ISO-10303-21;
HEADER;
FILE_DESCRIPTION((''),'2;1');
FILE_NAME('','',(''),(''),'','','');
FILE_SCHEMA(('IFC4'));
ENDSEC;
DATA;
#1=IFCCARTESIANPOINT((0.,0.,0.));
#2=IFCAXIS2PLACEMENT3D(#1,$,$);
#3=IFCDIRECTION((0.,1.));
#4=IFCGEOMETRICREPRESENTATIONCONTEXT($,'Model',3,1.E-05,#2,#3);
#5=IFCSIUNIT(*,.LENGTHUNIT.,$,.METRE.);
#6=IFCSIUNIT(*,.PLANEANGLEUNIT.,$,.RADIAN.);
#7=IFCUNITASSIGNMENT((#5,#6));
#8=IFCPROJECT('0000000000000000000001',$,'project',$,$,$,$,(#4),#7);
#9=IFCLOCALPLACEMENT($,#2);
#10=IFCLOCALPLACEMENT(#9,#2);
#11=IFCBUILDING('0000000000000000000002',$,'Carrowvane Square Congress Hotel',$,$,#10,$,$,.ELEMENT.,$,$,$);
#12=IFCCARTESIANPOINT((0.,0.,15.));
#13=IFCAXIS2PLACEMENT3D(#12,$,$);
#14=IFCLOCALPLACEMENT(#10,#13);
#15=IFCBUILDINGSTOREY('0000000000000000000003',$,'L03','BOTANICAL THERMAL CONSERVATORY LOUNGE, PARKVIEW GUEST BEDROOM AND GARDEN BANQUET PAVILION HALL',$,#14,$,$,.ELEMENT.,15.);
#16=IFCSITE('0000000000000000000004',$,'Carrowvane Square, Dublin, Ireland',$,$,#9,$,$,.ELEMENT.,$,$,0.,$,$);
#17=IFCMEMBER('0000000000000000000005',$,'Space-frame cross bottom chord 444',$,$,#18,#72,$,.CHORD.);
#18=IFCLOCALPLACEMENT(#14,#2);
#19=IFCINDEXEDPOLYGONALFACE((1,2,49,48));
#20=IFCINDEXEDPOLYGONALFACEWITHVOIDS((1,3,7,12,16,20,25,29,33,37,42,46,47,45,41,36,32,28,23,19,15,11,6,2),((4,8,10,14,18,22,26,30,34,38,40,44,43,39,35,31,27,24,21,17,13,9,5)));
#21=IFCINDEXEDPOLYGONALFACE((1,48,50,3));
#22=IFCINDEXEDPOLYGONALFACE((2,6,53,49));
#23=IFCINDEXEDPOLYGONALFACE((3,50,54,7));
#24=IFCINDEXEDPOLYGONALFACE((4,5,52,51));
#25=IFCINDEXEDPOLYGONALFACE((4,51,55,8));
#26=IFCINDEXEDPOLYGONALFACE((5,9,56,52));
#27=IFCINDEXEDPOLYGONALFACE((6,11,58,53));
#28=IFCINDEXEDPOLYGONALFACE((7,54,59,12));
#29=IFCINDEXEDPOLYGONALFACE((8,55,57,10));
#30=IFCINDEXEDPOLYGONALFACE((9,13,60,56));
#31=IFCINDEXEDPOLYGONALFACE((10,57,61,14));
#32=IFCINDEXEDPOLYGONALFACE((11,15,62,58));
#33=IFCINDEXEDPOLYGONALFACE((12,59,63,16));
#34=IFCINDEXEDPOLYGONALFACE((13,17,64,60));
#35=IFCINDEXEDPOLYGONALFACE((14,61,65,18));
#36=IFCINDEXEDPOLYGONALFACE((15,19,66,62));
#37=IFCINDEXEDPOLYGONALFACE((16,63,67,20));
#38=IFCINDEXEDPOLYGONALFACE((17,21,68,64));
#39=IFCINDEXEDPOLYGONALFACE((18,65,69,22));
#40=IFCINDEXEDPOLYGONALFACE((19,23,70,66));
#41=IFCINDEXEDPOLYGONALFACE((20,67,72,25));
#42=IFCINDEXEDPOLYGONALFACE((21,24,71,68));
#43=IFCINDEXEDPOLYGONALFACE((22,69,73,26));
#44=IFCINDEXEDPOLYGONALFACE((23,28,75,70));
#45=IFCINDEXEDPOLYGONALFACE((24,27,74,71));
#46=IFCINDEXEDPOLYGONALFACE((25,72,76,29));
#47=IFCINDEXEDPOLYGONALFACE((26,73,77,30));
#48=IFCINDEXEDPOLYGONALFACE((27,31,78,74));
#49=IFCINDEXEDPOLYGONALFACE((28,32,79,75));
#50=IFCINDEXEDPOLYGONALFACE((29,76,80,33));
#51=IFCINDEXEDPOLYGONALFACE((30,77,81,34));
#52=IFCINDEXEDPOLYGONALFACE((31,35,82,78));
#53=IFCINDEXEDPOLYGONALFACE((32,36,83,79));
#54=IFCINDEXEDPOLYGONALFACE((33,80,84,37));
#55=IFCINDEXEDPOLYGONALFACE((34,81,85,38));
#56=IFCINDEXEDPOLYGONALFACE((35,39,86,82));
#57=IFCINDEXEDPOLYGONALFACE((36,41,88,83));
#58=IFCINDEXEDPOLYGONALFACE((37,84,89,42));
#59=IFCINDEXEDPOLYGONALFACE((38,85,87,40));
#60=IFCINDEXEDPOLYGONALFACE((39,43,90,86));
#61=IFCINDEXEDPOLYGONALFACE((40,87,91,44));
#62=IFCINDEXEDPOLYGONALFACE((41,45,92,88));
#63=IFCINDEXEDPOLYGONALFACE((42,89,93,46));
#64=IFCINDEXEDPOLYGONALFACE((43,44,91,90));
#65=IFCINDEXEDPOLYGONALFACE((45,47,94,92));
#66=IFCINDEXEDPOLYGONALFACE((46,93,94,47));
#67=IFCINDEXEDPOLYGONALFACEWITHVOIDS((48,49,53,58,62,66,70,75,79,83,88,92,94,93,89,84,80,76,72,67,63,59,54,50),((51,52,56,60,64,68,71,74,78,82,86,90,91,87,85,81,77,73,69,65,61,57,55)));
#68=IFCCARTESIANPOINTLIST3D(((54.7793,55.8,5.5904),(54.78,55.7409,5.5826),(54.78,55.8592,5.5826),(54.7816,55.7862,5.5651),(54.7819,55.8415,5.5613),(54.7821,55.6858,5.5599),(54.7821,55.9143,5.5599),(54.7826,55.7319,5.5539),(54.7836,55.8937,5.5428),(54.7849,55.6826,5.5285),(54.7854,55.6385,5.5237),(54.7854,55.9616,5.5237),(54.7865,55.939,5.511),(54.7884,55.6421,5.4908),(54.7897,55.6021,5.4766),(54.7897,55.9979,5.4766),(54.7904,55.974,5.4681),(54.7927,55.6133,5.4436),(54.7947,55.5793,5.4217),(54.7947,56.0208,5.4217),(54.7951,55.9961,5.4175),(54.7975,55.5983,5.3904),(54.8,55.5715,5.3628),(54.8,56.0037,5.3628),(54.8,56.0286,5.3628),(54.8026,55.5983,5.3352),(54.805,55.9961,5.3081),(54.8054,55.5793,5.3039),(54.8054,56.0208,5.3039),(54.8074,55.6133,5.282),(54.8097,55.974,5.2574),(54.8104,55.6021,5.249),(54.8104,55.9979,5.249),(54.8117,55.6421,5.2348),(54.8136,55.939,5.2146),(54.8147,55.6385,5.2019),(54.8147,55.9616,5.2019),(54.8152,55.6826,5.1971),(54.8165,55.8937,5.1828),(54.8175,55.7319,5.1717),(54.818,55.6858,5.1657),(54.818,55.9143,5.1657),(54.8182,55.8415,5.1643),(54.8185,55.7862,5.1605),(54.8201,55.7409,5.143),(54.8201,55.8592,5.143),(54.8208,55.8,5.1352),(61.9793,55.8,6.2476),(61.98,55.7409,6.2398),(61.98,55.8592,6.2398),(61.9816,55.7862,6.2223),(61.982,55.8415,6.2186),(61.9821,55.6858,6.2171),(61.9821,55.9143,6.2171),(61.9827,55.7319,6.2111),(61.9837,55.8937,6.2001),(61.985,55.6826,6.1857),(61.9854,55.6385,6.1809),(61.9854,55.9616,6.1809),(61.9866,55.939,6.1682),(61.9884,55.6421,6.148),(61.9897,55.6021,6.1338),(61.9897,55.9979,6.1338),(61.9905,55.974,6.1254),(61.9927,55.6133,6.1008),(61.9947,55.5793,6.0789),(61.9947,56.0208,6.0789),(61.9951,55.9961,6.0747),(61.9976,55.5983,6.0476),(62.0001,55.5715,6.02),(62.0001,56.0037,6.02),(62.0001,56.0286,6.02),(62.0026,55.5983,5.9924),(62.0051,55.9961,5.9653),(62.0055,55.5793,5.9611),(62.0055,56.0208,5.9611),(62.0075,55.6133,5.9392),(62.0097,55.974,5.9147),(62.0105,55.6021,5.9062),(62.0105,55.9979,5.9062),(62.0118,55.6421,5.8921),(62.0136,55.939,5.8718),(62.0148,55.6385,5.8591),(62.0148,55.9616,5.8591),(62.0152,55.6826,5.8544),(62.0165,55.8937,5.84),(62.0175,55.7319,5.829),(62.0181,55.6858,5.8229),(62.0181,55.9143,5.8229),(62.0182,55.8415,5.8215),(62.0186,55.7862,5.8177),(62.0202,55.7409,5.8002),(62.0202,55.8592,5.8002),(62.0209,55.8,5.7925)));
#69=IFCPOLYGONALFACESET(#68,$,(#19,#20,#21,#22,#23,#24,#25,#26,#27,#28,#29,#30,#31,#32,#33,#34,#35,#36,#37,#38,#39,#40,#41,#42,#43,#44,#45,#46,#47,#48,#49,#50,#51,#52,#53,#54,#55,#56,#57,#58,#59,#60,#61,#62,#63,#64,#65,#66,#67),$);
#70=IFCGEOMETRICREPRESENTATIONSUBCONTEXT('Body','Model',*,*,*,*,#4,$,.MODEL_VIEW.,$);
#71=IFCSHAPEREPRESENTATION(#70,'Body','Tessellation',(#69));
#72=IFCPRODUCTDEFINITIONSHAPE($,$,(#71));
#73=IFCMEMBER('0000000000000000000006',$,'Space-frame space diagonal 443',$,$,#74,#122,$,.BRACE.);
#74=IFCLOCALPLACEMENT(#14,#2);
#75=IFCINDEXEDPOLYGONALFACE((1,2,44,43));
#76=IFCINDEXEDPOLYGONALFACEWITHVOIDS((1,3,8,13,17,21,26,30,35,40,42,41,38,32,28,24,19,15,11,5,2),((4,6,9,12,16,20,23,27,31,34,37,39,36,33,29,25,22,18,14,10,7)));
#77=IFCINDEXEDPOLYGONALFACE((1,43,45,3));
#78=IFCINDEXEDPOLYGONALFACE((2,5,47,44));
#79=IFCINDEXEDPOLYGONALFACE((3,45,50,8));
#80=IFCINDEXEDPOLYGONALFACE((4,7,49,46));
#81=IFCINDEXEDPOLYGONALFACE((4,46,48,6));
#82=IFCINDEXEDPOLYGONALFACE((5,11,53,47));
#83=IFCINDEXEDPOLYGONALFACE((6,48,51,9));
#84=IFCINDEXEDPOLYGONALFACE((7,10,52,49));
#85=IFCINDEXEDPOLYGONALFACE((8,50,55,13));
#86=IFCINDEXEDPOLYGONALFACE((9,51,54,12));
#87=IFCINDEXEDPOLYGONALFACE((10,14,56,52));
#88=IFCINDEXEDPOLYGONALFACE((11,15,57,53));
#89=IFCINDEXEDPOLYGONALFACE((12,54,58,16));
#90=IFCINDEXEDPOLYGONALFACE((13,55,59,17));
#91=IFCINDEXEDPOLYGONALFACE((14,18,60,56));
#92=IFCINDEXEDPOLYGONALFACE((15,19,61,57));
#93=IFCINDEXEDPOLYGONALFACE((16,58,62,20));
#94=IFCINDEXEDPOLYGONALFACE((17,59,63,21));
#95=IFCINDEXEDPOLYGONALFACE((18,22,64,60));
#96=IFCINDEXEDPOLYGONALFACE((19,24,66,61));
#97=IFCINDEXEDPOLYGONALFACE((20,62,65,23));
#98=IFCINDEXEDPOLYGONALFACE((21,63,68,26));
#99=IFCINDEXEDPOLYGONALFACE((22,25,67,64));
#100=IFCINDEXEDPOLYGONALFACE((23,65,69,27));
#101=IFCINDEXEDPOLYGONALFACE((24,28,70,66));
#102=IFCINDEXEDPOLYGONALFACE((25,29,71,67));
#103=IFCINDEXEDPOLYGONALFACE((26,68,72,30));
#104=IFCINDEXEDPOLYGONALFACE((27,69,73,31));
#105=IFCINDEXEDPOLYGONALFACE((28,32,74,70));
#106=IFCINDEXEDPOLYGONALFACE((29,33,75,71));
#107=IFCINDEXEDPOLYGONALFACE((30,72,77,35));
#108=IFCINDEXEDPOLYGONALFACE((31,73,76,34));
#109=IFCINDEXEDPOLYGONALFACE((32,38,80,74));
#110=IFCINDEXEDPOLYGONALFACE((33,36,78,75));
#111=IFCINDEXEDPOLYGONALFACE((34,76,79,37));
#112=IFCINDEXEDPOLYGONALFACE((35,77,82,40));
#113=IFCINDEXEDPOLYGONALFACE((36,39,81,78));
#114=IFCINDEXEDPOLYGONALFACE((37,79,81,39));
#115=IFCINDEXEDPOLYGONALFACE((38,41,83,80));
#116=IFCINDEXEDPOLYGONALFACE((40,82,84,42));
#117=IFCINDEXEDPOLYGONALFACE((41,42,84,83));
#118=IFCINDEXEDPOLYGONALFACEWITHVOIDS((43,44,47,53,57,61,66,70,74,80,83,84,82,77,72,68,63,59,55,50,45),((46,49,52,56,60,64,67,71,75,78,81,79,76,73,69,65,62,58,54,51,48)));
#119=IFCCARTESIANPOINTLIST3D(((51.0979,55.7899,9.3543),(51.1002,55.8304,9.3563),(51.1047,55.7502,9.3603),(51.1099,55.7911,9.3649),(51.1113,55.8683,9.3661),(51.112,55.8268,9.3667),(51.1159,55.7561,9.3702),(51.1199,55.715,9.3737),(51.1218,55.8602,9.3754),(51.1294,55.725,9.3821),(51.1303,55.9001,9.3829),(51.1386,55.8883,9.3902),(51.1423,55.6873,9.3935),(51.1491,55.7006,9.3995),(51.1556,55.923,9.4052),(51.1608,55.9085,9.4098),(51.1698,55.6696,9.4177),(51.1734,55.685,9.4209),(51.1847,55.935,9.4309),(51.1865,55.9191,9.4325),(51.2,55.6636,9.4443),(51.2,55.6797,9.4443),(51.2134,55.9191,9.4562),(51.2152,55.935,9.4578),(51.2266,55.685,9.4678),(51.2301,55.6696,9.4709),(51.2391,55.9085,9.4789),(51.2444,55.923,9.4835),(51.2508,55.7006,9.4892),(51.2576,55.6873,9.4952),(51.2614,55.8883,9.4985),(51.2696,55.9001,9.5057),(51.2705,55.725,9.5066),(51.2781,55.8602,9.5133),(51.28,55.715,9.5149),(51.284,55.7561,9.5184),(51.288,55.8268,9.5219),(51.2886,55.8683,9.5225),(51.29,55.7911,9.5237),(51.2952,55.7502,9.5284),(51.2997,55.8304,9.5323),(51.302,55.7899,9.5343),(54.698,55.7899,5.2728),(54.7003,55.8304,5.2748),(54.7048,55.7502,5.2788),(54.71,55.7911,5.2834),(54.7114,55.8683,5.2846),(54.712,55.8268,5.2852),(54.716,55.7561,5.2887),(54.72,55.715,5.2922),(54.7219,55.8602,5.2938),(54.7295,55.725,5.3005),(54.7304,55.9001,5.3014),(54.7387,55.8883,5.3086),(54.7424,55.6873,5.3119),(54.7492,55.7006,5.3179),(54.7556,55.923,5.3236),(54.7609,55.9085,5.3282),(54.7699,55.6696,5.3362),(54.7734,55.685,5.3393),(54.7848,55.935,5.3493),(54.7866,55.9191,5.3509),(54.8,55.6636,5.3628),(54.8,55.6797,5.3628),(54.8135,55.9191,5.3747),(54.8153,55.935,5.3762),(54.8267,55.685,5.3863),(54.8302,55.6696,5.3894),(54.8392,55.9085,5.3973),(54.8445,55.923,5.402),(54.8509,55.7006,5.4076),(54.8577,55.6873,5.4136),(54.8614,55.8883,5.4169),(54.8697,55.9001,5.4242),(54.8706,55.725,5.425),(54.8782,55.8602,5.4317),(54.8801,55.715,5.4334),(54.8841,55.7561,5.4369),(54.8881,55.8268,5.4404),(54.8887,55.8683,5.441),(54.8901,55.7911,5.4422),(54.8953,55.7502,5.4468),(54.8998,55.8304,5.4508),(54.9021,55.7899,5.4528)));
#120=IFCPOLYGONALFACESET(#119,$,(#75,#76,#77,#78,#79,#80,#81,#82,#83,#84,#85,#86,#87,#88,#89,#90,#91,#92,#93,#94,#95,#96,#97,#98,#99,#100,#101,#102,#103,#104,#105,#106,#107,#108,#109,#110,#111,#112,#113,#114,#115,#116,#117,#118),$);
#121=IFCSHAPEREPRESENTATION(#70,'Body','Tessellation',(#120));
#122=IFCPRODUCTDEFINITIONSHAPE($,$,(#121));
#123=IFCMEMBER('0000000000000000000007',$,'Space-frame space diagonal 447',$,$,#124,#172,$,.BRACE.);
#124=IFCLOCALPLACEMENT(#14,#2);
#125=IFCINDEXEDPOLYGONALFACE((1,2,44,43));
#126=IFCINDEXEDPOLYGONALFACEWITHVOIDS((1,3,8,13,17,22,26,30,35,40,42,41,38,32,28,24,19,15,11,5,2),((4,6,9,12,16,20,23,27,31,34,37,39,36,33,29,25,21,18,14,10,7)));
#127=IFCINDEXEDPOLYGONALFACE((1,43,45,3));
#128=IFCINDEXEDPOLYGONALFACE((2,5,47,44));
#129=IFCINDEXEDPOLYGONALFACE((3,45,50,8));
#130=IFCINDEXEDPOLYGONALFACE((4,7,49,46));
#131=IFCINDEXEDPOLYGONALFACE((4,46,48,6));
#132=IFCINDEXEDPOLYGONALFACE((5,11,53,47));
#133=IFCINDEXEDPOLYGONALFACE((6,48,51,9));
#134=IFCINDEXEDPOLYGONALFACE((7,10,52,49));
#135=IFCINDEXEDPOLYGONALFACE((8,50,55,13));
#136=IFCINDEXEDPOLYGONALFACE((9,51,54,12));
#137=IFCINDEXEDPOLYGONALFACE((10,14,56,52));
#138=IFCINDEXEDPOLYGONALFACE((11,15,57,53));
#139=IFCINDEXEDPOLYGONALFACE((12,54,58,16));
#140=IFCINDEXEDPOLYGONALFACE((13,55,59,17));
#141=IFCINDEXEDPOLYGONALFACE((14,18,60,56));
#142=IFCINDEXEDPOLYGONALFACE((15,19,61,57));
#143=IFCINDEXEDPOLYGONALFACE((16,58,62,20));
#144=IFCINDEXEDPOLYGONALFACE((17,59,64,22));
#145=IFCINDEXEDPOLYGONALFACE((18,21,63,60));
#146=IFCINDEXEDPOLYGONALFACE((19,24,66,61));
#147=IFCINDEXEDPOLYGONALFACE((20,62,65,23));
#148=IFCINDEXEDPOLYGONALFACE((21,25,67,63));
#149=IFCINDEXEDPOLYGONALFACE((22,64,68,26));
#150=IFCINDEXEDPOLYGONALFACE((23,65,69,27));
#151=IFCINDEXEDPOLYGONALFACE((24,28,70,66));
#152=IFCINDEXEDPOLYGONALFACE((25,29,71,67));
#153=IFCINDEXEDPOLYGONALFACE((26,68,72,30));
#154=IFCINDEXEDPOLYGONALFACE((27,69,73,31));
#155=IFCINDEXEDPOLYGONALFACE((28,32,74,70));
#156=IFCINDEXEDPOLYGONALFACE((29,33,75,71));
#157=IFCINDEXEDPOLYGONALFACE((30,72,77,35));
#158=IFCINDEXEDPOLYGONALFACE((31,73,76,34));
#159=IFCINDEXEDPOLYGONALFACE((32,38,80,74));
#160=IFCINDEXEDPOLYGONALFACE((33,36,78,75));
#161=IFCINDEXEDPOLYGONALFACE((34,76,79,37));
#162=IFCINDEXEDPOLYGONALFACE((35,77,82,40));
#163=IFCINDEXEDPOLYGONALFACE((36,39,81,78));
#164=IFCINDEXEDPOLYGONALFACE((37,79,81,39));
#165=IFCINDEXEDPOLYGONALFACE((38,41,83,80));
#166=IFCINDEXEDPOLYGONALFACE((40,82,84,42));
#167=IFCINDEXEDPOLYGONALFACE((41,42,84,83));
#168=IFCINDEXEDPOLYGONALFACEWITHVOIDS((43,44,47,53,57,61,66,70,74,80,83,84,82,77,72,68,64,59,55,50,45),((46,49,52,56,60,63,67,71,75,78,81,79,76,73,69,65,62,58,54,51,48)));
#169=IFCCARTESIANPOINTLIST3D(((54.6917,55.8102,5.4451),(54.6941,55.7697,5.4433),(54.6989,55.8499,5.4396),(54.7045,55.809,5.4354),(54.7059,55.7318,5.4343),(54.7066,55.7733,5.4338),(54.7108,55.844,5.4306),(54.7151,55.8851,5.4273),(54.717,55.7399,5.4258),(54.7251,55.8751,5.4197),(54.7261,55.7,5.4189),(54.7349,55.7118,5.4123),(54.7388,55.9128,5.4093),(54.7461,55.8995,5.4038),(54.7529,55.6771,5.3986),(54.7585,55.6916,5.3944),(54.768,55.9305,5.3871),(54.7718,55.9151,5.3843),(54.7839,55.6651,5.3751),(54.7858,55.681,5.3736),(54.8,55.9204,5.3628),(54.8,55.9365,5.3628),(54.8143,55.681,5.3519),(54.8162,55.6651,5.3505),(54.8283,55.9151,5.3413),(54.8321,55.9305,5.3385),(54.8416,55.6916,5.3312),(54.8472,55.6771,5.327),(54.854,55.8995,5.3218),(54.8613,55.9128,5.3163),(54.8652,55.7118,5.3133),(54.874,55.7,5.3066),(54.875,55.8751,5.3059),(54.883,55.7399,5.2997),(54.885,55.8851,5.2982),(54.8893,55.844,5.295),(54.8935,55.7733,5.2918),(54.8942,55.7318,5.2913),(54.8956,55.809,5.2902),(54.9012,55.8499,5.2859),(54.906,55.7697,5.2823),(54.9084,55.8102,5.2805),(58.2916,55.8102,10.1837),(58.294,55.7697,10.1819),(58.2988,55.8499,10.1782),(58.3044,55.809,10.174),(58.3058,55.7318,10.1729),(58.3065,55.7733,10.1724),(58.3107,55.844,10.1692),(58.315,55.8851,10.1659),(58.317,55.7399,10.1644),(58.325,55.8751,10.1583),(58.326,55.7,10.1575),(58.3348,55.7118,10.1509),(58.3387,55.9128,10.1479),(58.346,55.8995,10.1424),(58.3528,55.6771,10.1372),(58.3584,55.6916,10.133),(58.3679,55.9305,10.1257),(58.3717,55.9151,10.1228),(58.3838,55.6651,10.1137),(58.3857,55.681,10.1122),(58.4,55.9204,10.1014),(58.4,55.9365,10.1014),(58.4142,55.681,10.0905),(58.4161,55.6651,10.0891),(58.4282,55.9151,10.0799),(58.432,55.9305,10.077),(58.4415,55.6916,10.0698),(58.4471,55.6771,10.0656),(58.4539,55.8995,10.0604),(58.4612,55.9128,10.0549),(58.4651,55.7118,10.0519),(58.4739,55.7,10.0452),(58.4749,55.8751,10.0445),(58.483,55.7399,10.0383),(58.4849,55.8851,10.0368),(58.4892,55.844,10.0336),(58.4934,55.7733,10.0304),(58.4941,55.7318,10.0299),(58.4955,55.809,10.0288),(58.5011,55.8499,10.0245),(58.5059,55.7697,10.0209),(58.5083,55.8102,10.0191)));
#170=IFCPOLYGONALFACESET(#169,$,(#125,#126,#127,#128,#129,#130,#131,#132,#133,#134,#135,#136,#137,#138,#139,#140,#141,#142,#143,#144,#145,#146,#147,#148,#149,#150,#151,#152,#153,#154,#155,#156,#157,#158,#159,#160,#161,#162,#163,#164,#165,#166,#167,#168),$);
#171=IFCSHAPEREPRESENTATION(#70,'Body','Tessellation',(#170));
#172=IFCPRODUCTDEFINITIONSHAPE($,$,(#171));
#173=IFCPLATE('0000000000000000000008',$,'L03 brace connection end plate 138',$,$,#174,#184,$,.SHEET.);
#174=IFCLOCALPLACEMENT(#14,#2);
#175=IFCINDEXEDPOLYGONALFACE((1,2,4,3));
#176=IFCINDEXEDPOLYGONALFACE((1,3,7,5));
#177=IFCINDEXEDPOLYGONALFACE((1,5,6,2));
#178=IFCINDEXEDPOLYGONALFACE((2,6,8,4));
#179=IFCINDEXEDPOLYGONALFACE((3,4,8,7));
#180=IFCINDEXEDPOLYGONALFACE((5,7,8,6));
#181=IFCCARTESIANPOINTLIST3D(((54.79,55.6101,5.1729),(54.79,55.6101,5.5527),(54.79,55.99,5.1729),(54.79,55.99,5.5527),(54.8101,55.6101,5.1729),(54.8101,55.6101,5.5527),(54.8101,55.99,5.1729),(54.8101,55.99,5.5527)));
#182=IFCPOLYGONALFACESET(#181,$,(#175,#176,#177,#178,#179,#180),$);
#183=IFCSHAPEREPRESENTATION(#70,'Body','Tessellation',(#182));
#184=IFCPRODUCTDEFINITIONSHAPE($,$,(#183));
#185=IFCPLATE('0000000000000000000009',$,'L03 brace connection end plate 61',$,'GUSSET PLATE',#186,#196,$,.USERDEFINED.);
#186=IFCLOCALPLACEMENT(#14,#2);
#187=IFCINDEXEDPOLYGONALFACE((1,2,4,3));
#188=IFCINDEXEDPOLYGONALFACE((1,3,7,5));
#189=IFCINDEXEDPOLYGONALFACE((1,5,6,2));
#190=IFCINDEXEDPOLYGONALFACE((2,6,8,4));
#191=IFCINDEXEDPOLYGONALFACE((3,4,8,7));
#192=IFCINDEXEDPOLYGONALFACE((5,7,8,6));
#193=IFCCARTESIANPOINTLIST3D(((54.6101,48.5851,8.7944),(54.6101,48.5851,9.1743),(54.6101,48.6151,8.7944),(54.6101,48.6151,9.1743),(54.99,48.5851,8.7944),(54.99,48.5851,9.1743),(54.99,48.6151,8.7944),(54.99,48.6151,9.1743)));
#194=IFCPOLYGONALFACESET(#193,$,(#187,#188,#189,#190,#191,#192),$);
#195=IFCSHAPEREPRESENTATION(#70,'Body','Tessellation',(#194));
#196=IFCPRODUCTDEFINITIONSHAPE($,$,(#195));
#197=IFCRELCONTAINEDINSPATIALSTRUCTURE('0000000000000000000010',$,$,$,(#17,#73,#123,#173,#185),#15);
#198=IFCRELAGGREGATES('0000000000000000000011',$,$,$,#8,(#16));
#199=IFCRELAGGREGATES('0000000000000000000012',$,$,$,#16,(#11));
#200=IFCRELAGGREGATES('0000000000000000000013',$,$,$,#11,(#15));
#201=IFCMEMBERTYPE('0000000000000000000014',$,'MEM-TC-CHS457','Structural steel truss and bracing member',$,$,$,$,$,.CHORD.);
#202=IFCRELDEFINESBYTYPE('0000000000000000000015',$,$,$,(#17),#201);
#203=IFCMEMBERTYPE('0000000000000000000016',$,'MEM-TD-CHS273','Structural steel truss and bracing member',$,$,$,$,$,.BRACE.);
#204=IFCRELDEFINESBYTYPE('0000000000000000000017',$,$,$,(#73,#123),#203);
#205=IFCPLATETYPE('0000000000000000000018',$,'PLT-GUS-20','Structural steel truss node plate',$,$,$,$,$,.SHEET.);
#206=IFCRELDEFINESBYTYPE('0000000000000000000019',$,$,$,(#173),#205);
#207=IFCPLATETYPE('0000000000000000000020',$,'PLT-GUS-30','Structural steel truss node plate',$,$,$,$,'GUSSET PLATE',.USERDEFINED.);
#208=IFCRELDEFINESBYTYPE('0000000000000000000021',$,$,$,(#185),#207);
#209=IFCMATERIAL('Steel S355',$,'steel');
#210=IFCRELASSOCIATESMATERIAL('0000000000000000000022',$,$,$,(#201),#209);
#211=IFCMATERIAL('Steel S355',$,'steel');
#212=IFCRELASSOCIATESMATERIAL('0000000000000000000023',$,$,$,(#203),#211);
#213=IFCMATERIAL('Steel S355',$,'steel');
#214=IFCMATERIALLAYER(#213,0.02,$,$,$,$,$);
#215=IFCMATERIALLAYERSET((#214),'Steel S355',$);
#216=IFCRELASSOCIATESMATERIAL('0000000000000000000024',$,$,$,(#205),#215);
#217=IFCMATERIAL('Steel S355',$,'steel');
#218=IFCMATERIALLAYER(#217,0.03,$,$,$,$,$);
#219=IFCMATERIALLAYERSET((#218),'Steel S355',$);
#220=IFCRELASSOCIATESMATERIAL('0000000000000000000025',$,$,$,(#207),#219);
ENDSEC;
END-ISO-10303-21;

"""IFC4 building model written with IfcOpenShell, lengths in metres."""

from ifc_helpers import new_model, si_unit, direction, frame, origin, origin_2d, place, context, subcontext, project, spatial, rectangle, hollow_circle, extrude, material, layer, layer_set, material_profile, profile_set, type_object, element, save


model = new_model("IFC4")

# Units and contexts
model_context = context("Model", 3, precision=1e-05, world=origin(), true_north=direction((0.0, 1.0)))
body_context = subcontext(model_context, "Body", "Model", "MODEL_VIEW")
ifc_project = project(units=[si_unit("LENGTHUNIT", "METRE"), si_unit("PLANEANGLEUNIT", "RADIAN")], contexts=[model_context])

# Site, building, storey
site_placement = place(None, origin())
site = spatial("IfcSite", under=ifc_project, at=site_placement, Name="Carrowvane Square, Dublin, Ireland", CompositionType="ELEMENT", RefElevation=0.0)
building_placement = place(site_placement, origin())
building = spatial("IfcBuilding", under=site, at=building_placement, Name="Carrowvane Square Congress Hotel", CompositionType="ELEMENT")
storey_placement = place(building_placement, frame((0.0, 0.0, 15.0)))
storey = spatial("IfcBuildingStorey", under=building, at=storey_placement, Name="L03", Description="BOTANICAL THERMAL CONSERVATORY LOUNGE, PARKVIEW GUEST BEDROOM AND GARDEN BANQUET PAVILION HALL", CompositionType="ELEMENT", Elevation=15.0)

# Members
ifc_material_1 = material(Name="Steel S355", Category="steel")
ifc_material_profile_1 = material_profile(ifc_material_1, hollow_circle(Radius=0.2285, WallThickness=0.0249, at=origin_2d()), Name="CHS 457.0x25")
ifc_profile_set_1 = profile_set([ifc_material_profile_1], Name="Steel S355")
member_type_1 = type_object("IfcMemberType", Name="MEM-TC-CHS457", Description="Structural steel truss and bracing member", PredefinedType="CHORD", material=ifc_profile_set_1)
member_1_placement = place(storey_placement, frame((54.8, 55.8, 5.3628), z_axis=(0.99586, 0.0, 0.090904), x_axis=(0.0, 1.0, 0.0)))
element("IfcMember", 1, at=member_1_placement, inside=storey, type_object=member_type_1, Name="Space-frame cross bottom chord 444", PredefinedType="CHORD", context=body_context, shape_type="SweptSolid", body=[
    extrude(hollow_circle(Radius=0.2285, WallThickness=0.0249, at=origin_2d()), origin(), (0.0, 0.0, 1.0), 7.23),
])
ifc_material_2 = material(Name="Steel S355", Category="steel")
ifc_material_profile_2 = material_profile(ifc_material_2, hollow_circle(Radius=0.1365, WallThickness=0.0161, at=origin_2d()), Name="CHS 273.0x16")
ifc_profile_set_2 = profile_set([ifc_material_profile_2], Name="Steel S355")
member_type_2 = type_object("IfcMemberType", Name="MEM-TD-CHS273", Description="Structural steel truss and bracing member", PredefinedType="BRACE", material=ifc_profile_set_2)
member_2_placement = place(storey_placement, frame((54.8, 55.8, 5.3628), z_axis=(-0.661491, 0.0, 0.749953), x_axis=(0.0, -1.0, 0.0)))
element("IfcMember", 2, at=member_2_placement, inside=storey, type_object=member_type_2, Name="Space-frame space diagonal 443", PredefinedType="BRACE", context=body_context, shape_type="SweptSolid", body=[
    extrude(hollow_circle(Radius=0.1365, WallThickness=0.0161, at=origin_2d()), origin(), (0.0, 0.0, 1.0), 5.4424),
])
member_3_placement = place(storey_placement, frame((54.8, 55.8, 5.3628), z_axis=(0.604931, 0.0, 0.796278), x_axis=(0.0, 1.0, 0.0)))
element("IfcMember", 3, at=member_3_placement, inside=storey, type_object=member_type_2, Name="Space-frame space diagonal 447", PredefinedType="BRACE", context=body_context, shape_type="SweptSolid", body=[
    extrude(hollow_circle(Radius=0.1365, WallThickness=0.0161, at=origin_2d()), origin(), (0.0, 0.0, 1.0), 5.9509),
])

# Plates
ifc_material_3 = material(Name="Steel S355", Category="steel")
ifc_layer_1 = layer(ifc_material_3, 0.02)
ifc_layer_set_1 = layer_set([ifc_layer_1], Name="Steel S355")
plate_type_1 = type_object("IfcPlateType", Name="PLT-GUS-20", Description="Structural steel truss node plate", PredefinedType="SHEET", material=ifc_layer_set_1)
plate_1_placement = place(storey_placement, frame((54.8, 55.8, 5.1729), z_axis=(0.0, 0.0, 1.0), x_axis=(1.0, 0.0, 0.0)))
element("IfcPlate", 4, at=plate_1_placement, inside=storey, type_object=plate_type_1, Name="L03 brace connection end plate 138", PredefinedType="SHEET", context=body_context, shape_type="SweptSolid", body=[
    extrude(rectangle(XDim=0.02, YDim=0.3799, at=origin_2d()), origin(), (0.0, 0.0, 1.0), 0.3799),
])
ifc_material_4 = material(Name="Steel S355", Category="steel")
ifc_layer_2 = layer(ifc_material_4, 0.03)
ifc_layer_set_2 = layer_set([ifc_layer_2], Name="Steel S355")
plate_type_2 = type_object("IfcPlateType", Name="PLT-GUS-30", Description="Structural steel truss node plate", ElementType="GUSSET PLATE", PredefinedType="USERDEFINED", material=ifc_layer_set_2)
plate_2_placement = place(storey_placement, frame((54.8, 48.6001, 8.7944), z_axis=(0.0, 0.0, 1.0), x_axis=(1.0, 0.0, 0.0)))
element("IfcPlate", 5, at=plate_2_placement, inside=storey, type_object=plate_type_2, Name="L03 brace connection end plate 61", ObjectType="GUSSET PLATE", PredefinedType="USERDEFINED", context=body_context, shape_type="SweptSolid", body=[
    extrude(rectangle(XDim=0.3799, YDim=0.03, at=origin_2d()), origin(), (0.0, 0.0, 1.0), 0.3799),
])

save(model, "model.ifc")
